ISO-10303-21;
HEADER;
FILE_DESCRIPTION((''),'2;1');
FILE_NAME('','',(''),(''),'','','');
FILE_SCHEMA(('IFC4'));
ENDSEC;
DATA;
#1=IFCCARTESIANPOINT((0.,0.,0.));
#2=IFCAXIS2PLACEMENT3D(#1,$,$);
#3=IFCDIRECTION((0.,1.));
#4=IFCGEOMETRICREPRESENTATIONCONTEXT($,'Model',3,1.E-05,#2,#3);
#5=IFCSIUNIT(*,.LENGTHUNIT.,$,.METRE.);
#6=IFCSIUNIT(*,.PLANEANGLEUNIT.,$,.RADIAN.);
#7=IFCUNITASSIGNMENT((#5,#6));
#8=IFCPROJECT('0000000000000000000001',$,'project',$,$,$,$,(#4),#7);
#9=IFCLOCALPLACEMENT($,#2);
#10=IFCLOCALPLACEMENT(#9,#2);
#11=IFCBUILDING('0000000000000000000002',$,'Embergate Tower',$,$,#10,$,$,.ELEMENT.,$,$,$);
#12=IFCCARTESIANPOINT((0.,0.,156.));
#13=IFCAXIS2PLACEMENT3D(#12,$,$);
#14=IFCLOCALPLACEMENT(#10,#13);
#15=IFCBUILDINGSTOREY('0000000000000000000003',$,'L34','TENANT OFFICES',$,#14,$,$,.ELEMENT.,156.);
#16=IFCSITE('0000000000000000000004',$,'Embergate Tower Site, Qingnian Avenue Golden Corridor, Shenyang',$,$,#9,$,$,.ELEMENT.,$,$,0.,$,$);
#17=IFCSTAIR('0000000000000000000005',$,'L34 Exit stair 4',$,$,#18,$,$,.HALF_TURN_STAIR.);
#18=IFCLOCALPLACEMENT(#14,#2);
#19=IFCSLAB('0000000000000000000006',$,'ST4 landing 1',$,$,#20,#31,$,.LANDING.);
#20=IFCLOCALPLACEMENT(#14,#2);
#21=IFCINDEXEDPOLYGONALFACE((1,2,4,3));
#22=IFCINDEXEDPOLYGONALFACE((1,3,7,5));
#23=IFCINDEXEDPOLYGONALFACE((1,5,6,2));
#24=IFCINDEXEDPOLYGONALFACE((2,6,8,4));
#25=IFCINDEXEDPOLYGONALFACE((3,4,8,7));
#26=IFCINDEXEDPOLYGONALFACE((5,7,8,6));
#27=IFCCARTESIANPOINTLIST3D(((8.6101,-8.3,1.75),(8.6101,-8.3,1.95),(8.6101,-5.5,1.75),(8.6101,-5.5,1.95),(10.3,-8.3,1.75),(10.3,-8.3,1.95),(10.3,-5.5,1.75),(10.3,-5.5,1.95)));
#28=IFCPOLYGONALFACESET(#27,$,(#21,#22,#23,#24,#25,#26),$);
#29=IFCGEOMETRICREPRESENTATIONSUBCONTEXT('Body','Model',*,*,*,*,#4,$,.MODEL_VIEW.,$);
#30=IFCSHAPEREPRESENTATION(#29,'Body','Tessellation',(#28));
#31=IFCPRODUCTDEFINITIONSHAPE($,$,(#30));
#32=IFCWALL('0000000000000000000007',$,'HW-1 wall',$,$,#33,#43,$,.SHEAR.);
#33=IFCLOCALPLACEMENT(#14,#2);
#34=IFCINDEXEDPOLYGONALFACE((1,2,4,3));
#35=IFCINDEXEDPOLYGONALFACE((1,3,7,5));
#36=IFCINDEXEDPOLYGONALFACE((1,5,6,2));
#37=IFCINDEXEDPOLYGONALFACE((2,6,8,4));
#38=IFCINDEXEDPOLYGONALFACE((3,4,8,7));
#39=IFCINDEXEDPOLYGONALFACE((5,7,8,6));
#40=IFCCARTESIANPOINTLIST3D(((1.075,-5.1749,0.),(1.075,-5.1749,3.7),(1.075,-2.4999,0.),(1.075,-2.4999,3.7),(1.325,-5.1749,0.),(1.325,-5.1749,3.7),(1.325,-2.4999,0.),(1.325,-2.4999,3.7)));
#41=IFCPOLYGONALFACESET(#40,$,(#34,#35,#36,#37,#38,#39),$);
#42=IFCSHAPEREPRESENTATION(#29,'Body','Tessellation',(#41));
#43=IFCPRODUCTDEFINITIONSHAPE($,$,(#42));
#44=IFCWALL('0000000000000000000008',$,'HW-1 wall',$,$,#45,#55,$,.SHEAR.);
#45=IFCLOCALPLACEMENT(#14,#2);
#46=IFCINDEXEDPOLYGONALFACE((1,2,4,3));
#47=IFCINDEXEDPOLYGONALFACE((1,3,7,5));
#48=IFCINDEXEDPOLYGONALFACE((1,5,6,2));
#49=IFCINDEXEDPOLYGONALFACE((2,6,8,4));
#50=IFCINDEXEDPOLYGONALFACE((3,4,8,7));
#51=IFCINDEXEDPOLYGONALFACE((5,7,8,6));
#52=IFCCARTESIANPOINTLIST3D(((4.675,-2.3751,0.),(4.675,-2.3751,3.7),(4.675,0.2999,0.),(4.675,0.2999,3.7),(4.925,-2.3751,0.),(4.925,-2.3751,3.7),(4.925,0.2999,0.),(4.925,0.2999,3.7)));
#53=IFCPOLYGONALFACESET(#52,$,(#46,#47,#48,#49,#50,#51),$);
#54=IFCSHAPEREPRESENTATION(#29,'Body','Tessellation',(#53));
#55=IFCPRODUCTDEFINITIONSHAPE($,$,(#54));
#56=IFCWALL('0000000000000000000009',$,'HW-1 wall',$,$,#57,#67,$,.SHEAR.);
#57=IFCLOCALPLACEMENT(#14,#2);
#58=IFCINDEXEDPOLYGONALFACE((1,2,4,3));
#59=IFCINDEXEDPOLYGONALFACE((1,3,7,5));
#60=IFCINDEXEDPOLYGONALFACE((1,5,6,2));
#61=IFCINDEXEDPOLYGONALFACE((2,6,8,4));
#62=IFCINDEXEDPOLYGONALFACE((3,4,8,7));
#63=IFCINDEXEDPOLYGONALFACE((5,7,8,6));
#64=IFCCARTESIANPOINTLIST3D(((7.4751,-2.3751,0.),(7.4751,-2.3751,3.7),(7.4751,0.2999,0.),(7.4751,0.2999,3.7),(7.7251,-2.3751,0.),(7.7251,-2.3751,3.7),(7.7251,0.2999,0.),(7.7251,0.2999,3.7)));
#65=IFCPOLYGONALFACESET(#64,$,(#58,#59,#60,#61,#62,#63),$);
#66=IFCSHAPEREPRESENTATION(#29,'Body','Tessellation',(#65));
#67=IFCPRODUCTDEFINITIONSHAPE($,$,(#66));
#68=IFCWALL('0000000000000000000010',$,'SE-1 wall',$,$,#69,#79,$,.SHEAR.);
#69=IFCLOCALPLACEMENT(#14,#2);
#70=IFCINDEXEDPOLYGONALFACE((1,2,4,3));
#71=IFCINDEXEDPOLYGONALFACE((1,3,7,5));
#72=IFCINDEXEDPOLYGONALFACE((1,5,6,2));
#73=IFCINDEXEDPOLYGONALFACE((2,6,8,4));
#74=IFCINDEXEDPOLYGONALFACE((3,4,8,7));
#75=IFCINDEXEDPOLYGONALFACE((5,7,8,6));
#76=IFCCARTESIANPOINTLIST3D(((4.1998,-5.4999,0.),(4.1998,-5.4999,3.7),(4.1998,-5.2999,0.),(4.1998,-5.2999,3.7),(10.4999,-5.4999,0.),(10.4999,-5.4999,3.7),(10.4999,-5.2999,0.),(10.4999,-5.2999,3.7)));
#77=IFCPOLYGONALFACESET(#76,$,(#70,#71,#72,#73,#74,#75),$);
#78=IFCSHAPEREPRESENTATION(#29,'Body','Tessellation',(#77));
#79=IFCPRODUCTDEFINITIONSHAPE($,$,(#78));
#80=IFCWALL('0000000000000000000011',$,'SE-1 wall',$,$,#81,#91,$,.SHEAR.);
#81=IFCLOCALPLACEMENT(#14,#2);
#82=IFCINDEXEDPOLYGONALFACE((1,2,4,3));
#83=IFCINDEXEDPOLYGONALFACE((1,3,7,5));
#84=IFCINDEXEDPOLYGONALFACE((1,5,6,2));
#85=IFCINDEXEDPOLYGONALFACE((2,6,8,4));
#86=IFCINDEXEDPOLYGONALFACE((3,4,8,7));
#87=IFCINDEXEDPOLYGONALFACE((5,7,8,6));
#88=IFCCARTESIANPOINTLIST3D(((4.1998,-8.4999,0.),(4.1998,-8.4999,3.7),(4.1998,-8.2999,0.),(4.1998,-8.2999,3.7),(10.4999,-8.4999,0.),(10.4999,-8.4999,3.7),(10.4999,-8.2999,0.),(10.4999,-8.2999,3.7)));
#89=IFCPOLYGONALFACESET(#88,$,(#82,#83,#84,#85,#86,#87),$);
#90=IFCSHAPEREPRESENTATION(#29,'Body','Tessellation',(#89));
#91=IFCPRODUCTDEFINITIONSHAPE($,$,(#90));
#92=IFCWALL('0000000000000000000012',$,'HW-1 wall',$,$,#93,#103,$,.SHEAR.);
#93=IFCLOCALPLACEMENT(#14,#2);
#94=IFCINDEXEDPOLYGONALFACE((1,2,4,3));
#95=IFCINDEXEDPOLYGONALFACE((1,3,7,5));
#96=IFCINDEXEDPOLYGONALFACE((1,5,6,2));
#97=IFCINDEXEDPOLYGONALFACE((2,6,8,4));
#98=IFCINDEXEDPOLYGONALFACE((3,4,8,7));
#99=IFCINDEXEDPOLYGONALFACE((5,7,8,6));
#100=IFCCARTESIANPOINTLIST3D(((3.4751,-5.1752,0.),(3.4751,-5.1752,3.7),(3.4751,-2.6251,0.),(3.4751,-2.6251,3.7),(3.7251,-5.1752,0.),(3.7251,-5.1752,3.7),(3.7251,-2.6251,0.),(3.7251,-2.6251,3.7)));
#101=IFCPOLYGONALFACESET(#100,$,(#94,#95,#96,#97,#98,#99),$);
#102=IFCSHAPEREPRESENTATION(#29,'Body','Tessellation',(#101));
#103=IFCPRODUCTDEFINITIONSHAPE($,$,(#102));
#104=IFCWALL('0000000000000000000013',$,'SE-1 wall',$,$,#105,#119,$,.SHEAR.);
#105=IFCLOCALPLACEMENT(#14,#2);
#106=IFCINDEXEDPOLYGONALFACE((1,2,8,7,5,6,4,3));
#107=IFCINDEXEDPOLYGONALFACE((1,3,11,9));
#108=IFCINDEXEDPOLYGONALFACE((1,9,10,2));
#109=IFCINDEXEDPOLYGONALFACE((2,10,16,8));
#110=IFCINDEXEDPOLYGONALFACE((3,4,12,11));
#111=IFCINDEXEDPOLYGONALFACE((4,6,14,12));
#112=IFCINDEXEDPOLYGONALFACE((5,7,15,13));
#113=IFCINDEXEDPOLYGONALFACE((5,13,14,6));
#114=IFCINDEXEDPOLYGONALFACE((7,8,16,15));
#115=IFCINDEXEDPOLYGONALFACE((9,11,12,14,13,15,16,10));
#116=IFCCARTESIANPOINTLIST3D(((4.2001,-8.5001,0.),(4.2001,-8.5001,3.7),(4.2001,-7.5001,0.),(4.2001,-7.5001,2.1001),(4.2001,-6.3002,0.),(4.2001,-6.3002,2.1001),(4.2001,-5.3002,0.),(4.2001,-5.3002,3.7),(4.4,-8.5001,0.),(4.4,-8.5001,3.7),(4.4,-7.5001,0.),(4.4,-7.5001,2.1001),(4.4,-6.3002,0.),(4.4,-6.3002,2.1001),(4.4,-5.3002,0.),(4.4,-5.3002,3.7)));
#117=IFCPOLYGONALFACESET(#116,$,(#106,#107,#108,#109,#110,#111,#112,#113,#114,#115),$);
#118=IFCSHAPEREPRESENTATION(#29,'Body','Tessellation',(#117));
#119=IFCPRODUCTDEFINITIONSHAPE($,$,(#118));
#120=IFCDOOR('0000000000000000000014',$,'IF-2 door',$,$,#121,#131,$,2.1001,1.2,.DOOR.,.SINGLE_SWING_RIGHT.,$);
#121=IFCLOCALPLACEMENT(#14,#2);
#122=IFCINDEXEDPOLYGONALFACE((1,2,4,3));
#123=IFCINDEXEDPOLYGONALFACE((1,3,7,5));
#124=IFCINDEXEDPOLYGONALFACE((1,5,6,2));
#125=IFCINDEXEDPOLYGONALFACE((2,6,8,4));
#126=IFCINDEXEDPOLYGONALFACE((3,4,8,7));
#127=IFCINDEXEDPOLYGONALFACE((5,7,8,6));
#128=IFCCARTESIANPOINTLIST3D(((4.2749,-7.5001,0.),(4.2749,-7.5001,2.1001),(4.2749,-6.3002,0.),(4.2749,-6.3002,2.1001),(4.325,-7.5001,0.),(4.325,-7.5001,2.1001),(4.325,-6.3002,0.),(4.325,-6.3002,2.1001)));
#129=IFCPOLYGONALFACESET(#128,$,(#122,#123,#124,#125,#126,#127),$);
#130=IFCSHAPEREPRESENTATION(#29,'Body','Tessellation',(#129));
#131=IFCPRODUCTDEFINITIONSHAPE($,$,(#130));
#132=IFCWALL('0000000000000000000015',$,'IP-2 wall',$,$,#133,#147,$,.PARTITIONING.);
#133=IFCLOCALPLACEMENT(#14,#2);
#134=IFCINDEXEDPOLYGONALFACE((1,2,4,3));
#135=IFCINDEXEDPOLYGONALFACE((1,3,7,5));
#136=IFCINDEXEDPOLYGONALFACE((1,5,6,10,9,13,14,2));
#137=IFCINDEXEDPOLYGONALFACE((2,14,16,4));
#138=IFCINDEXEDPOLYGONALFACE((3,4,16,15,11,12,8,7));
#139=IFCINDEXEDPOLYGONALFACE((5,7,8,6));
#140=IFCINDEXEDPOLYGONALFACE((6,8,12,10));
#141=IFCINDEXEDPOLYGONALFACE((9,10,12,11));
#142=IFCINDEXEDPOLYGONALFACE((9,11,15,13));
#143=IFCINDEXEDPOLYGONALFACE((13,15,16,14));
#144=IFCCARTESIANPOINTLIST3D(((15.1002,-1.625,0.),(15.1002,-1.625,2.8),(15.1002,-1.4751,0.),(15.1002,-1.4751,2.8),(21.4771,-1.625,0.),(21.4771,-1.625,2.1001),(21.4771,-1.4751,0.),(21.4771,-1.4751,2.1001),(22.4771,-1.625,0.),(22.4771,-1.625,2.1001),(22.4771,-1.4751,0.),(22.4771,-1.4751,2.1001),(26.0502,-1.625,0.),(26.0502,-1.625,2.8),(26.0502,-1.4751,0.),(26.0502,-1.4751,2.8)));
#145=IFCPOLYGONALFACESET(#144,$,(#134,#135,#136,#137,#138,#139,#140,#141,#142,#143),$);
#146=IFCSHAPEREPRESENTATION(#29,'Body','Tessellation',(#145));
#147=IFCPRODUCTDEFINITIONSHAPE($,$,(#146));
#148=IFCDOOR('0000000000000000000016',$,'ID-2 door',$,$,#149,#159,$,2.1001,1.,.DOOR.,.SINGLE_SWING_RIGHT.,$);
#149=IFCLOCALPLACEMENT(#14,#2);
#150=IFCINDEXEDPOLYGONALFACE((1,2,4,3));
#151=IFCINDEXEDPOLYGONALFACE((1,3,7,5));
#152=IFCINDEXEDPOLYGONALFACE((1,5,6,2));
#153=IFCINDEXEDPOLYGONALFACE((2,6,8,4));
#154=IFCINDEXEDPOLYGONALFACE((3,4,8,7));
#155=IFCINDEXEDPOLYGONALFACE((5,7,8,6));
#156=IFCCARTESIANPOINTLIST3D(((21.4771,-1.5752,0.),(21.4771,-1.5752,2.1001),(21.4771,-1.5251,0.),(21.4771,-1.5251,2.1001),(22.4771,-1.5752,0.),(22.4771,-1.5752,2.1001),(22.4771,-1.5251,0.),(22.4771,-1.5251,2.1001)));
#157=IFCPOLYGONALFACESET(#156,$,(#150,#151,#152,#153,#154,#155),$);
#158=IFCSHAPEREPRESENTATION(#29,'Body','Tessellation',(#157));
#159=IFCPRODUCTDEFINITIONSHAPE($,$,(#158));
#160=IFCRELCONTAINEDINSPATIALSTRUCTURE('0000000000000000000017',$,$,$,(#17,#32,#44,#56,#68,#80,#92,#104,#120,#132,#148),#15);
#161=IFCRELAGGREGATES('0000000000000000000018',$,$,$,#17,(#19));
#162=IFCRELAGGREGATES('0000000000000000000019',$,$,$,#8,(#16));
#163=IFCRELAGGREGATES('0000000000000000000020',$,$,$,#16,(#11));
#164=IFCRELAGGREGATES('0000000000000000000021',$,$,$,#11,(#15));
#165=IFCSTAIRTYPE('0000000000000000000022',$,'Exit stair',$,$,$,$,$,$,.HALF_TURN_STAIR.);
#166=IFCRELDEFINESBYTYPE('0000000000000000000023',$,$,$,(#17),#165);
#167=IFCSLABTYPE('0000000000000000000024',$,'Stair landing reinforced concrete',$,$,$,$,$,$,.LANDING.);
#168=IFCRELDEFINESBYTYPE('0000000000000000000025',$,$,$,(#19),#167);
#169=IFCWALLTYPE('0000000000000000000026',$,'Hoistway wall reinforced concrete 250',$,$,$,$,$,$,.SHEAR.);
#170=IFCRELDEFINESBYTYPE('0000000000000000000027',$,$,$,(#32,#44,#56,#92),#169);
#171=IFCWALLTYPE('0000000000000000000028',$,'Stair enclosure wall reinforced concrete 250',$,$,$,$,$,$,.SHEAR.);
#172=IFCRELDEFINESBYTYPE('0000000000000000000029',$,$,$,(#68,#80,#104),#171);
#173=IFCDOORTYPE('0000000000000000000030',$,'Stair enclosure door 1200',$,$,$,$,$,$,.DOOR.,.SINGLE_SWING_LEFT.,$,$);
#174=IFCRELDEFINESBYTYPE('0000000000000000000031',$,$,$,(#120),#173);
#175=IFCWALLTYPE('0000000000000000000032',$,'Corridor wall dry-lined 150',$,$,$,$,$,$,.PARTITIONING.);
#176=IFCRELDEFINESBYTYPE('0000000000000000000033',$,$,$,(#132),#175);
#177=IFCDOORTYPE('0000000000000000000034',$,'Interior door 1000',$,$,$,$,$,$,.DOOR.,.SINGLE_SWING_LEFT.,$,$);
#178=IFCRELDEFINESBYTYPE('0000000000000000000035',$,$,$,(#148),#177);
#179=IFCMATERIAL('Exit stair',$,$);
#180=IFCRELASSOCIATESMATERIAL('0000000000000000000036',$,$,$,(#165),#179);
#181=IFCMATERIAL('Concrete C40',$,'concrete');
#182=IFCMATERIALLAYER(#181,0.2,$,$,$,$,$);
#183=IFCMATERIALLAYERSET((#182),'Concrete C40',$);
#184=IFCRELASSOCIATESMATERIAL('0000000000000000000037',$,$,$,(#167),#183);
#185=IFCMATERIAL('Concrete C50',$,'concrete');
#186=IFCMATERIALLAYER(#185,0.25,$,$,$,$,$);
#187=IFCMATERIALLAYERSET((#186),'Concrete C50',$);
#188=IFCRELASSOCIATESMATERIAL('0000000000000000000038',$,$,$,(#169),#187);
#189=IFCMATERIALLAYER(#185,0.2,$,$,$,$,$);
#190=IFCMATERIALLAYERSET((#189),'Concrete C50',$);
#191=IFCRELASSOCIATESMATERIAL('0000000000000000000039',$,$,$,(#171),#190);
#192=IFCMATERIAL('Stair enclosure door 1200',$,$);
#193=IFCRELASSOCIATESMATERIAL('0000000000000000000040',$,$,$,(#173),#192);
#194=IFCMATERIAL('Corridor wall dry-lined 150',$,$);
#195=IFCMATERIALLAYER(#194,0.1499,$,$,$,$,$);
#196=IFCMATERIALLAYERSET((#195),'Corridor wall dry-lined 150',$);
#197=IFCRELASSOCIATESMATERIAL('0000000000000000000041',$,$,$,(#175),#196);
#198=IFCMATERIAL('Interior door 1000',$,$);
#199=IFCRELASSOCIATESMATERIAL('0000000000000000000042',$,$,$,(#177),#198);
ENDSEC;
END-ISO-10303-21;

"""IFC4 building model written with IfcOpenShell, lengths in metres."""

from ifc_helpers import new_model, si_unit, direction, frame, frame_2d, origin, place, context, subcontext, project, spatial, polyline, rectangle, outline, extrude, source, transform, mapped, material, layer, layer_set, type_object, element, fill, aggregate, save


model = new_model("IFC4")

# Units and contexts
model_context = context("Model", 3, precision=1e-05, world=origin(), true_north=direction((0.0, 1.0)))
body_context = subcontext(model_context, "Body", "Model", "MODEL_VIEW")
ifc_project = project(units=[si_unit("LENGTHUNIT", "METRE"), si_unit("PLANEANGLEUNIT", "RADIAN")], contexts=[model_context])

# Site, building, storey
site_placement = place(None, origin())
site = spatial("IfcSite", under=ifc_project, at=site_placement, Name="Embergate Tower Site, Qingnian Avenue Golden Corridor, Shenyang", CompositionType="ELEMENT", RefElevation=0.0)
building_placement = place(site_placement, origin())
building = spatial("IfcBuilding", under=site, at=building_placement, Name="Embergate Tower", CompositionType="ELEMENT")
storey_placement = place(building_placement, frame((0.0, 0.0, 156.0)))
storey = spatial("IfcBuildingStorey", under=building, at=storey_placement, Name="L34", Description="TENANT OFFICES", CompositionType="ELEMENT", Elevation=156.0)

# Stair, slab
ifc_material_1 = material(Name="Exit stair")
stair_type = type_object("IfcStairType", Name="Exit stair", PredefinedType="HALF_TURN_STAIR", material=ifc_material_1)
stair_placement = place(storey_placement, origin())
stair = element("IfcStair", 1, at=stair_placement, inside=storey, type_object=stair_type, Name="L34 Exit stair 4", PredefinedType="HALF_TURN_STAIR")
ifc_material_2 = material(Name="Concrete C40", Category="concrete")
ifc_layer_1 = layer(ifc_material_2, 0.2)
ifc_layer_set_1 = layer_set([ifc_layer_1], Name="Concrete C40")
slab_type = type_object("IfcSlabType", Name="Stair landing reinforced concrete", PredefinedType="LANDING", material=ifc_layer_set_1)
shared_shape_1 = source(origin(), body_context, "Body", "SweptSolid", [
    extrude(outline(polyline([(0.0, 0.0), (1.6899, 0.0), (1.6899, 2.8), (0.0, 2.8), (0.0, 0.0)])), origin(), (0.0, 0.0, 1.0), 0.2),
])
slab_placement = place(storey_placement, frame((8.6101, -8.3, 1.75)))
slab = element("IfcSlab", 2, at=slab_placement, type_object=slab_type, Name="ST4 landing 1", PredefinedType="LANDING", context=body_context, shape_type="MappedRepresentation", body=[
    mapped(shared_shape_1, transform((0.0, 0.0, 0.0))),
])

# Walls
ifc_material_3 = material(Name="Concrete C50", Category="concrete")
ifc_layer_2 = layer(ifc_material_3, 0.25)
ifc_layer_set_2 = layer_set([ifc_layer_2], Name="Concrete C50")
wall_type_1 = type_object("IfcWallType", Name="Hoistway wall reinforced concrete 250", PredefinedType="SHEAR", material=ifc_layer_set_2)
shared_shape_2 = source(origin(), body_context, "Body", "SweptSolid", [
    extrude(rectangle(XDim=2.675, YDim=0.25, at=frame_2d((1.3374, 0.0))), origin(), (0.0, 0.0, 1.0), 3.7),
])
for number, where, z_axis, x_axis, name in (
    (3, (1.2, -2.5, 0.0), (0.0, 0.0, 1.0), (0.0, -1.0, 0.0), "HW-1 wall"),
    (4, (4.8, -2.375, 0.0), (0.0, 0.0, 1.0), (0.0, 1.0, 0.0), "HW-1 wall"),
    (5, (7.6001, -2.375, 0.0), (0.0, 0.0, 1.0), (0.0, 1.0, 0.0), "HW-1 wall"),
):
    element("IfcWall", number, at=place(storey_placement, frame(where, z_axis=z_axis, x_axis=x_axis)), inside=storey, type_object=wall_type_1, Name=name, PredefinedType="SHEAR", context=body_context, shape_type="MappedRepresentation", body=[
        mapped(shared_shape_2, transform((0.0, 0.0, 0.0))),
    ])
ifc_layer_3 = layer(ifc_material_3, 0.2)
ifc_layer_set_3 = layer_set([ifc_layer_3], Name="Concrete C50")
wall_type_2 = type_object("IfcWallType", Name="Stair enclosure wall reinforced concrete 250", PredefinedType="SHEAR", material=ifc_layer_set_3)
shared_shape_3 = source(origin(), body_context, "Body", "SweptSolid", [
    extrude(rectangle(XDim=6.3, YDim=0.2, at=frame_2d((3.1499, 0.0))), origin(), (0.0, 0.0, 1.0), 3.7),
])
for number, where, z_axis, x_axis, name in (
    (6, (4.2, -5.3999, 0.0), (0.0, 0.0, 1.0), (1.0, 0.0, 0.0), "SE-1 wall"),
    (7, (4.2, -8.3999, 0.0), (0.0, 0.0, 1.0), (1.0, 0.0, 0.0), "SE-1 wall"),
):
    element("IfcWall", number, at=place(storey_placement, frame(where, z_axis=z_axis, x_axis=x_axis)), inside=storey, type_object=wall_type_2, Name=name, PredefinedType="SHEAR", context=body_context, shape_type="MappedRepresentation", body=[
        mapped(shared_shape_3, transform((0.0, 0.0, 0.0))),
    ])
shared_shape_4 = source(origin(), body_context, "Body", "SweptSolid", [
    extrude(rectangle(XDim=2.55, YDim=0.25, at=frame_2d((1.2749, 0.0))), origin(), (0.0, 0.0, 1.0), 3.7),
])
wall_1_placement = place(storey_placement, frame((3.6001, -5.175, 0.0), z_axis=(0.0, 0.0, 1.0), x_axis=(0.0, 1.0, 0.0)))
element("IfcWall", 8, at=wall_1_placement, inside=storey, type_object=wall_type_1, Name="HW-1 wall", PredefinedType="SHEAR", context=body_context, shape_type="MappedRepresentation", body=[
    mapped(shared_shape_4, transform((0.0, 0.0, 0.0))),
])

# Walls, openings, doors
shared_shape_5 = source(origin(), body_context, "Body", "SweptSolid", [
    extrude(rectangle(XDim=3.2, YDim=0.2, at=frame_2d((1.6001, 0.0))), origin(), (0.0, 0.0, 1.0), 3.7),
])
wall_2_placement = place(storey_placement, frame((4.3, -5.3, 0.0), z_axis=(0.0, 0.0, 1.0), x_axis=(0.0, -1.0, 0.0)))
wall_2 = element("IfcWall", 9, at=wall_2_placement, inside=storey, type_object=wall_type_2, Name="SE-1 wall", PredefinedType="SHEAR", context=body_context, shape_type="MappedRepresentation", body=[
    mapped(shared_shape_5, transform((0.0, 0.0, 0.0))),
])
shared_shape_6 = source(origin(), body_context, "Body", "SweptSolid", [
    extrude(rectangle(XDim=1.2, YDim=2.1001, at=frame_2d((0.6001, 1.05))), frame((0.0, 0.1099, 0.0), z_axis=(0.0, -1.0, 0.0), x_axis=(1.0, 0.0, 0.0)), (0.0, 0.0, 1.0), 0.22),
])
opening_1_placement = place(wall_2_placement, frame((1.0, 0.0, 0.0)))
opening_1 = element("IfcOpeningElement", 10, at=opening_1_placement, cuts=wall_2, PredefinedType="OPENING", context=body_context, shape_type="MappedRepresentation", body=[
    mapped(shared_shape_6, transform((0.0, 0.0, 0.0))),
])
ifc_material_4 = material(Name="Stair enclosure door 1200")
door_type_1 = type_object("IfcDoorType", Name="Stair enclosure door 1200", OperationType="SINGLE_SWING_LEFT", PredefinedType="DOOR", material=ifc_material_4)
shared_shape_7 = source(origin(), body_context, "Body", "SweptSolid", [
    extrude(rectangle(XDim=1.2, YDim=2.1001, at=frame_2d((0.6001, 1.05))), frame((0.0, 0.0249, 0.0), z_axis=(0.0, -1.0, 0.0), x_axis=(1.0, 0.0, 0.0)), (0.0, 0.0, 1.0), 0.05),
])
door_1_placement = place(opening_1_placement, origin())
door_1 = element("IfcDoor", 11, at=door_1_placement, inside=storey, type_object=door_type_1, Name="IF-2 door", OperationType="SINGLE_SWING_RIGHT", OverallHeight=2.1001, OverallWidth=1.2, PredefinedType="DOOR", context=body_context, shape_type="MappedRepresentation", body=[
    mapped(shared_shape_7, transform((0.0, 0.0, 0.0))),
])
fill(opening_1, door_1)
ifc_material_5 = material(Name="Corridor wall dry-lined 150")
ifc_layer_4 = layer(ifc_material_5, 0.1499)
ifc_layer_set_4 = layer_set([ifc_layer_4], Name="Corridor wall dry-lined 150")
wall_type_3 = type_object("IfcWallType", Name="Corridor wall dry-lined 150", PredefinedType="PARTITIONING", material=ifc_layer_set_4)
shared_shape_8 = source(origin(), body_context, "Body", "SweptSolid", [
    extrude(rectangle(XDim=10.95, YDim=0.1499, at=frame_2d((5.4751, 0.0))), origin(), (0.0, 0.0, 1.0), 2.8),
])
wall_3_placement = place(storey_placement, frame((15.1001, -1.55, 0.0), z_axis=(0.0, 0.0, 1.0), x_axis=(1.0, 0.0, 0.0)))
wall_3 = element("IfcWall", 12, at=wall_3_placement, inside=storey, type_object=wall_type_3, Name="IP-2 wall", PredefinedType="PARTITIONING", context=body_context, shape_type="MappedRepresentation", body=[
    mapped(shared_shape_8, transform((0.0, 0.0, 0.0))),
])
shared_shape_9 = source(origin(), body_context, "Body", "SweptSolid", [
    extrude(rectangle(XDim=1.0, YDim=2.1001, at=frame_2d((0.5, 1.05))), frame((0.0, 0.085, 0.0), z_axis=(0.0, -1.0, 0.0), x_axis=(1.0, 0.0, 0.0)), (0.0, 0.0, 1.0), 0.1699),
])
opening_2_placement = place(wall_3_placement, frame((6.377, 0.0, 0.0)))
opening_2 = element("IfcOpeningElement", 13, at=opening_2_placement, cuts=wall_3, PredefinedType="OPENING", context=body_context, shape_type="MappedRepresentation", body=[
    mapped(shared_shape_9, transform((0.0, 0.0, 0.0))),
])
ifc_material_6 = material(Name="Interior door 1000")
door_type_2 = type_object("IfcDoorType", Name="Interior door 1000", OperationType="SINGLE_SWING_LEFT", PredefinedType="DOOR", material=ifc_material_6)
shared_shape_10 = source(origin(), body_context, "Body", "SweptSolid", [
    extrude(rectangle(XDim=1.0, YDim=2.1001, at=frame_2d((0.5, 1.05))), frame((0.0, 0.0249, 0.0), z_axis=(0.0, -1.0, 0.0), x_axis=(1.0, 0.0, 0.0)), (0.0, 0.0, 1.0), 0.05),
])
door_2_placement = place(opening_2_placement, origin())
door_2 = element("IfcDoor", 14, at=door_2_placement, inside=storey, type_object=door_type_2, Name="ID-2 door", OperationType="SINGLE_SWING_RIGHT", OverallHeight=2.1001, OverallWidth=1.0, PredefinedType="DOOR", context=body_context, shape_type="MappedRepresentation", body=[
    mapped(shared_shape_10, transform((0.0, 0.0, 0.0))),
])
fill(opening_2, door_2)

aggregate(stair, [slab])

save(model, "model.ifc")
